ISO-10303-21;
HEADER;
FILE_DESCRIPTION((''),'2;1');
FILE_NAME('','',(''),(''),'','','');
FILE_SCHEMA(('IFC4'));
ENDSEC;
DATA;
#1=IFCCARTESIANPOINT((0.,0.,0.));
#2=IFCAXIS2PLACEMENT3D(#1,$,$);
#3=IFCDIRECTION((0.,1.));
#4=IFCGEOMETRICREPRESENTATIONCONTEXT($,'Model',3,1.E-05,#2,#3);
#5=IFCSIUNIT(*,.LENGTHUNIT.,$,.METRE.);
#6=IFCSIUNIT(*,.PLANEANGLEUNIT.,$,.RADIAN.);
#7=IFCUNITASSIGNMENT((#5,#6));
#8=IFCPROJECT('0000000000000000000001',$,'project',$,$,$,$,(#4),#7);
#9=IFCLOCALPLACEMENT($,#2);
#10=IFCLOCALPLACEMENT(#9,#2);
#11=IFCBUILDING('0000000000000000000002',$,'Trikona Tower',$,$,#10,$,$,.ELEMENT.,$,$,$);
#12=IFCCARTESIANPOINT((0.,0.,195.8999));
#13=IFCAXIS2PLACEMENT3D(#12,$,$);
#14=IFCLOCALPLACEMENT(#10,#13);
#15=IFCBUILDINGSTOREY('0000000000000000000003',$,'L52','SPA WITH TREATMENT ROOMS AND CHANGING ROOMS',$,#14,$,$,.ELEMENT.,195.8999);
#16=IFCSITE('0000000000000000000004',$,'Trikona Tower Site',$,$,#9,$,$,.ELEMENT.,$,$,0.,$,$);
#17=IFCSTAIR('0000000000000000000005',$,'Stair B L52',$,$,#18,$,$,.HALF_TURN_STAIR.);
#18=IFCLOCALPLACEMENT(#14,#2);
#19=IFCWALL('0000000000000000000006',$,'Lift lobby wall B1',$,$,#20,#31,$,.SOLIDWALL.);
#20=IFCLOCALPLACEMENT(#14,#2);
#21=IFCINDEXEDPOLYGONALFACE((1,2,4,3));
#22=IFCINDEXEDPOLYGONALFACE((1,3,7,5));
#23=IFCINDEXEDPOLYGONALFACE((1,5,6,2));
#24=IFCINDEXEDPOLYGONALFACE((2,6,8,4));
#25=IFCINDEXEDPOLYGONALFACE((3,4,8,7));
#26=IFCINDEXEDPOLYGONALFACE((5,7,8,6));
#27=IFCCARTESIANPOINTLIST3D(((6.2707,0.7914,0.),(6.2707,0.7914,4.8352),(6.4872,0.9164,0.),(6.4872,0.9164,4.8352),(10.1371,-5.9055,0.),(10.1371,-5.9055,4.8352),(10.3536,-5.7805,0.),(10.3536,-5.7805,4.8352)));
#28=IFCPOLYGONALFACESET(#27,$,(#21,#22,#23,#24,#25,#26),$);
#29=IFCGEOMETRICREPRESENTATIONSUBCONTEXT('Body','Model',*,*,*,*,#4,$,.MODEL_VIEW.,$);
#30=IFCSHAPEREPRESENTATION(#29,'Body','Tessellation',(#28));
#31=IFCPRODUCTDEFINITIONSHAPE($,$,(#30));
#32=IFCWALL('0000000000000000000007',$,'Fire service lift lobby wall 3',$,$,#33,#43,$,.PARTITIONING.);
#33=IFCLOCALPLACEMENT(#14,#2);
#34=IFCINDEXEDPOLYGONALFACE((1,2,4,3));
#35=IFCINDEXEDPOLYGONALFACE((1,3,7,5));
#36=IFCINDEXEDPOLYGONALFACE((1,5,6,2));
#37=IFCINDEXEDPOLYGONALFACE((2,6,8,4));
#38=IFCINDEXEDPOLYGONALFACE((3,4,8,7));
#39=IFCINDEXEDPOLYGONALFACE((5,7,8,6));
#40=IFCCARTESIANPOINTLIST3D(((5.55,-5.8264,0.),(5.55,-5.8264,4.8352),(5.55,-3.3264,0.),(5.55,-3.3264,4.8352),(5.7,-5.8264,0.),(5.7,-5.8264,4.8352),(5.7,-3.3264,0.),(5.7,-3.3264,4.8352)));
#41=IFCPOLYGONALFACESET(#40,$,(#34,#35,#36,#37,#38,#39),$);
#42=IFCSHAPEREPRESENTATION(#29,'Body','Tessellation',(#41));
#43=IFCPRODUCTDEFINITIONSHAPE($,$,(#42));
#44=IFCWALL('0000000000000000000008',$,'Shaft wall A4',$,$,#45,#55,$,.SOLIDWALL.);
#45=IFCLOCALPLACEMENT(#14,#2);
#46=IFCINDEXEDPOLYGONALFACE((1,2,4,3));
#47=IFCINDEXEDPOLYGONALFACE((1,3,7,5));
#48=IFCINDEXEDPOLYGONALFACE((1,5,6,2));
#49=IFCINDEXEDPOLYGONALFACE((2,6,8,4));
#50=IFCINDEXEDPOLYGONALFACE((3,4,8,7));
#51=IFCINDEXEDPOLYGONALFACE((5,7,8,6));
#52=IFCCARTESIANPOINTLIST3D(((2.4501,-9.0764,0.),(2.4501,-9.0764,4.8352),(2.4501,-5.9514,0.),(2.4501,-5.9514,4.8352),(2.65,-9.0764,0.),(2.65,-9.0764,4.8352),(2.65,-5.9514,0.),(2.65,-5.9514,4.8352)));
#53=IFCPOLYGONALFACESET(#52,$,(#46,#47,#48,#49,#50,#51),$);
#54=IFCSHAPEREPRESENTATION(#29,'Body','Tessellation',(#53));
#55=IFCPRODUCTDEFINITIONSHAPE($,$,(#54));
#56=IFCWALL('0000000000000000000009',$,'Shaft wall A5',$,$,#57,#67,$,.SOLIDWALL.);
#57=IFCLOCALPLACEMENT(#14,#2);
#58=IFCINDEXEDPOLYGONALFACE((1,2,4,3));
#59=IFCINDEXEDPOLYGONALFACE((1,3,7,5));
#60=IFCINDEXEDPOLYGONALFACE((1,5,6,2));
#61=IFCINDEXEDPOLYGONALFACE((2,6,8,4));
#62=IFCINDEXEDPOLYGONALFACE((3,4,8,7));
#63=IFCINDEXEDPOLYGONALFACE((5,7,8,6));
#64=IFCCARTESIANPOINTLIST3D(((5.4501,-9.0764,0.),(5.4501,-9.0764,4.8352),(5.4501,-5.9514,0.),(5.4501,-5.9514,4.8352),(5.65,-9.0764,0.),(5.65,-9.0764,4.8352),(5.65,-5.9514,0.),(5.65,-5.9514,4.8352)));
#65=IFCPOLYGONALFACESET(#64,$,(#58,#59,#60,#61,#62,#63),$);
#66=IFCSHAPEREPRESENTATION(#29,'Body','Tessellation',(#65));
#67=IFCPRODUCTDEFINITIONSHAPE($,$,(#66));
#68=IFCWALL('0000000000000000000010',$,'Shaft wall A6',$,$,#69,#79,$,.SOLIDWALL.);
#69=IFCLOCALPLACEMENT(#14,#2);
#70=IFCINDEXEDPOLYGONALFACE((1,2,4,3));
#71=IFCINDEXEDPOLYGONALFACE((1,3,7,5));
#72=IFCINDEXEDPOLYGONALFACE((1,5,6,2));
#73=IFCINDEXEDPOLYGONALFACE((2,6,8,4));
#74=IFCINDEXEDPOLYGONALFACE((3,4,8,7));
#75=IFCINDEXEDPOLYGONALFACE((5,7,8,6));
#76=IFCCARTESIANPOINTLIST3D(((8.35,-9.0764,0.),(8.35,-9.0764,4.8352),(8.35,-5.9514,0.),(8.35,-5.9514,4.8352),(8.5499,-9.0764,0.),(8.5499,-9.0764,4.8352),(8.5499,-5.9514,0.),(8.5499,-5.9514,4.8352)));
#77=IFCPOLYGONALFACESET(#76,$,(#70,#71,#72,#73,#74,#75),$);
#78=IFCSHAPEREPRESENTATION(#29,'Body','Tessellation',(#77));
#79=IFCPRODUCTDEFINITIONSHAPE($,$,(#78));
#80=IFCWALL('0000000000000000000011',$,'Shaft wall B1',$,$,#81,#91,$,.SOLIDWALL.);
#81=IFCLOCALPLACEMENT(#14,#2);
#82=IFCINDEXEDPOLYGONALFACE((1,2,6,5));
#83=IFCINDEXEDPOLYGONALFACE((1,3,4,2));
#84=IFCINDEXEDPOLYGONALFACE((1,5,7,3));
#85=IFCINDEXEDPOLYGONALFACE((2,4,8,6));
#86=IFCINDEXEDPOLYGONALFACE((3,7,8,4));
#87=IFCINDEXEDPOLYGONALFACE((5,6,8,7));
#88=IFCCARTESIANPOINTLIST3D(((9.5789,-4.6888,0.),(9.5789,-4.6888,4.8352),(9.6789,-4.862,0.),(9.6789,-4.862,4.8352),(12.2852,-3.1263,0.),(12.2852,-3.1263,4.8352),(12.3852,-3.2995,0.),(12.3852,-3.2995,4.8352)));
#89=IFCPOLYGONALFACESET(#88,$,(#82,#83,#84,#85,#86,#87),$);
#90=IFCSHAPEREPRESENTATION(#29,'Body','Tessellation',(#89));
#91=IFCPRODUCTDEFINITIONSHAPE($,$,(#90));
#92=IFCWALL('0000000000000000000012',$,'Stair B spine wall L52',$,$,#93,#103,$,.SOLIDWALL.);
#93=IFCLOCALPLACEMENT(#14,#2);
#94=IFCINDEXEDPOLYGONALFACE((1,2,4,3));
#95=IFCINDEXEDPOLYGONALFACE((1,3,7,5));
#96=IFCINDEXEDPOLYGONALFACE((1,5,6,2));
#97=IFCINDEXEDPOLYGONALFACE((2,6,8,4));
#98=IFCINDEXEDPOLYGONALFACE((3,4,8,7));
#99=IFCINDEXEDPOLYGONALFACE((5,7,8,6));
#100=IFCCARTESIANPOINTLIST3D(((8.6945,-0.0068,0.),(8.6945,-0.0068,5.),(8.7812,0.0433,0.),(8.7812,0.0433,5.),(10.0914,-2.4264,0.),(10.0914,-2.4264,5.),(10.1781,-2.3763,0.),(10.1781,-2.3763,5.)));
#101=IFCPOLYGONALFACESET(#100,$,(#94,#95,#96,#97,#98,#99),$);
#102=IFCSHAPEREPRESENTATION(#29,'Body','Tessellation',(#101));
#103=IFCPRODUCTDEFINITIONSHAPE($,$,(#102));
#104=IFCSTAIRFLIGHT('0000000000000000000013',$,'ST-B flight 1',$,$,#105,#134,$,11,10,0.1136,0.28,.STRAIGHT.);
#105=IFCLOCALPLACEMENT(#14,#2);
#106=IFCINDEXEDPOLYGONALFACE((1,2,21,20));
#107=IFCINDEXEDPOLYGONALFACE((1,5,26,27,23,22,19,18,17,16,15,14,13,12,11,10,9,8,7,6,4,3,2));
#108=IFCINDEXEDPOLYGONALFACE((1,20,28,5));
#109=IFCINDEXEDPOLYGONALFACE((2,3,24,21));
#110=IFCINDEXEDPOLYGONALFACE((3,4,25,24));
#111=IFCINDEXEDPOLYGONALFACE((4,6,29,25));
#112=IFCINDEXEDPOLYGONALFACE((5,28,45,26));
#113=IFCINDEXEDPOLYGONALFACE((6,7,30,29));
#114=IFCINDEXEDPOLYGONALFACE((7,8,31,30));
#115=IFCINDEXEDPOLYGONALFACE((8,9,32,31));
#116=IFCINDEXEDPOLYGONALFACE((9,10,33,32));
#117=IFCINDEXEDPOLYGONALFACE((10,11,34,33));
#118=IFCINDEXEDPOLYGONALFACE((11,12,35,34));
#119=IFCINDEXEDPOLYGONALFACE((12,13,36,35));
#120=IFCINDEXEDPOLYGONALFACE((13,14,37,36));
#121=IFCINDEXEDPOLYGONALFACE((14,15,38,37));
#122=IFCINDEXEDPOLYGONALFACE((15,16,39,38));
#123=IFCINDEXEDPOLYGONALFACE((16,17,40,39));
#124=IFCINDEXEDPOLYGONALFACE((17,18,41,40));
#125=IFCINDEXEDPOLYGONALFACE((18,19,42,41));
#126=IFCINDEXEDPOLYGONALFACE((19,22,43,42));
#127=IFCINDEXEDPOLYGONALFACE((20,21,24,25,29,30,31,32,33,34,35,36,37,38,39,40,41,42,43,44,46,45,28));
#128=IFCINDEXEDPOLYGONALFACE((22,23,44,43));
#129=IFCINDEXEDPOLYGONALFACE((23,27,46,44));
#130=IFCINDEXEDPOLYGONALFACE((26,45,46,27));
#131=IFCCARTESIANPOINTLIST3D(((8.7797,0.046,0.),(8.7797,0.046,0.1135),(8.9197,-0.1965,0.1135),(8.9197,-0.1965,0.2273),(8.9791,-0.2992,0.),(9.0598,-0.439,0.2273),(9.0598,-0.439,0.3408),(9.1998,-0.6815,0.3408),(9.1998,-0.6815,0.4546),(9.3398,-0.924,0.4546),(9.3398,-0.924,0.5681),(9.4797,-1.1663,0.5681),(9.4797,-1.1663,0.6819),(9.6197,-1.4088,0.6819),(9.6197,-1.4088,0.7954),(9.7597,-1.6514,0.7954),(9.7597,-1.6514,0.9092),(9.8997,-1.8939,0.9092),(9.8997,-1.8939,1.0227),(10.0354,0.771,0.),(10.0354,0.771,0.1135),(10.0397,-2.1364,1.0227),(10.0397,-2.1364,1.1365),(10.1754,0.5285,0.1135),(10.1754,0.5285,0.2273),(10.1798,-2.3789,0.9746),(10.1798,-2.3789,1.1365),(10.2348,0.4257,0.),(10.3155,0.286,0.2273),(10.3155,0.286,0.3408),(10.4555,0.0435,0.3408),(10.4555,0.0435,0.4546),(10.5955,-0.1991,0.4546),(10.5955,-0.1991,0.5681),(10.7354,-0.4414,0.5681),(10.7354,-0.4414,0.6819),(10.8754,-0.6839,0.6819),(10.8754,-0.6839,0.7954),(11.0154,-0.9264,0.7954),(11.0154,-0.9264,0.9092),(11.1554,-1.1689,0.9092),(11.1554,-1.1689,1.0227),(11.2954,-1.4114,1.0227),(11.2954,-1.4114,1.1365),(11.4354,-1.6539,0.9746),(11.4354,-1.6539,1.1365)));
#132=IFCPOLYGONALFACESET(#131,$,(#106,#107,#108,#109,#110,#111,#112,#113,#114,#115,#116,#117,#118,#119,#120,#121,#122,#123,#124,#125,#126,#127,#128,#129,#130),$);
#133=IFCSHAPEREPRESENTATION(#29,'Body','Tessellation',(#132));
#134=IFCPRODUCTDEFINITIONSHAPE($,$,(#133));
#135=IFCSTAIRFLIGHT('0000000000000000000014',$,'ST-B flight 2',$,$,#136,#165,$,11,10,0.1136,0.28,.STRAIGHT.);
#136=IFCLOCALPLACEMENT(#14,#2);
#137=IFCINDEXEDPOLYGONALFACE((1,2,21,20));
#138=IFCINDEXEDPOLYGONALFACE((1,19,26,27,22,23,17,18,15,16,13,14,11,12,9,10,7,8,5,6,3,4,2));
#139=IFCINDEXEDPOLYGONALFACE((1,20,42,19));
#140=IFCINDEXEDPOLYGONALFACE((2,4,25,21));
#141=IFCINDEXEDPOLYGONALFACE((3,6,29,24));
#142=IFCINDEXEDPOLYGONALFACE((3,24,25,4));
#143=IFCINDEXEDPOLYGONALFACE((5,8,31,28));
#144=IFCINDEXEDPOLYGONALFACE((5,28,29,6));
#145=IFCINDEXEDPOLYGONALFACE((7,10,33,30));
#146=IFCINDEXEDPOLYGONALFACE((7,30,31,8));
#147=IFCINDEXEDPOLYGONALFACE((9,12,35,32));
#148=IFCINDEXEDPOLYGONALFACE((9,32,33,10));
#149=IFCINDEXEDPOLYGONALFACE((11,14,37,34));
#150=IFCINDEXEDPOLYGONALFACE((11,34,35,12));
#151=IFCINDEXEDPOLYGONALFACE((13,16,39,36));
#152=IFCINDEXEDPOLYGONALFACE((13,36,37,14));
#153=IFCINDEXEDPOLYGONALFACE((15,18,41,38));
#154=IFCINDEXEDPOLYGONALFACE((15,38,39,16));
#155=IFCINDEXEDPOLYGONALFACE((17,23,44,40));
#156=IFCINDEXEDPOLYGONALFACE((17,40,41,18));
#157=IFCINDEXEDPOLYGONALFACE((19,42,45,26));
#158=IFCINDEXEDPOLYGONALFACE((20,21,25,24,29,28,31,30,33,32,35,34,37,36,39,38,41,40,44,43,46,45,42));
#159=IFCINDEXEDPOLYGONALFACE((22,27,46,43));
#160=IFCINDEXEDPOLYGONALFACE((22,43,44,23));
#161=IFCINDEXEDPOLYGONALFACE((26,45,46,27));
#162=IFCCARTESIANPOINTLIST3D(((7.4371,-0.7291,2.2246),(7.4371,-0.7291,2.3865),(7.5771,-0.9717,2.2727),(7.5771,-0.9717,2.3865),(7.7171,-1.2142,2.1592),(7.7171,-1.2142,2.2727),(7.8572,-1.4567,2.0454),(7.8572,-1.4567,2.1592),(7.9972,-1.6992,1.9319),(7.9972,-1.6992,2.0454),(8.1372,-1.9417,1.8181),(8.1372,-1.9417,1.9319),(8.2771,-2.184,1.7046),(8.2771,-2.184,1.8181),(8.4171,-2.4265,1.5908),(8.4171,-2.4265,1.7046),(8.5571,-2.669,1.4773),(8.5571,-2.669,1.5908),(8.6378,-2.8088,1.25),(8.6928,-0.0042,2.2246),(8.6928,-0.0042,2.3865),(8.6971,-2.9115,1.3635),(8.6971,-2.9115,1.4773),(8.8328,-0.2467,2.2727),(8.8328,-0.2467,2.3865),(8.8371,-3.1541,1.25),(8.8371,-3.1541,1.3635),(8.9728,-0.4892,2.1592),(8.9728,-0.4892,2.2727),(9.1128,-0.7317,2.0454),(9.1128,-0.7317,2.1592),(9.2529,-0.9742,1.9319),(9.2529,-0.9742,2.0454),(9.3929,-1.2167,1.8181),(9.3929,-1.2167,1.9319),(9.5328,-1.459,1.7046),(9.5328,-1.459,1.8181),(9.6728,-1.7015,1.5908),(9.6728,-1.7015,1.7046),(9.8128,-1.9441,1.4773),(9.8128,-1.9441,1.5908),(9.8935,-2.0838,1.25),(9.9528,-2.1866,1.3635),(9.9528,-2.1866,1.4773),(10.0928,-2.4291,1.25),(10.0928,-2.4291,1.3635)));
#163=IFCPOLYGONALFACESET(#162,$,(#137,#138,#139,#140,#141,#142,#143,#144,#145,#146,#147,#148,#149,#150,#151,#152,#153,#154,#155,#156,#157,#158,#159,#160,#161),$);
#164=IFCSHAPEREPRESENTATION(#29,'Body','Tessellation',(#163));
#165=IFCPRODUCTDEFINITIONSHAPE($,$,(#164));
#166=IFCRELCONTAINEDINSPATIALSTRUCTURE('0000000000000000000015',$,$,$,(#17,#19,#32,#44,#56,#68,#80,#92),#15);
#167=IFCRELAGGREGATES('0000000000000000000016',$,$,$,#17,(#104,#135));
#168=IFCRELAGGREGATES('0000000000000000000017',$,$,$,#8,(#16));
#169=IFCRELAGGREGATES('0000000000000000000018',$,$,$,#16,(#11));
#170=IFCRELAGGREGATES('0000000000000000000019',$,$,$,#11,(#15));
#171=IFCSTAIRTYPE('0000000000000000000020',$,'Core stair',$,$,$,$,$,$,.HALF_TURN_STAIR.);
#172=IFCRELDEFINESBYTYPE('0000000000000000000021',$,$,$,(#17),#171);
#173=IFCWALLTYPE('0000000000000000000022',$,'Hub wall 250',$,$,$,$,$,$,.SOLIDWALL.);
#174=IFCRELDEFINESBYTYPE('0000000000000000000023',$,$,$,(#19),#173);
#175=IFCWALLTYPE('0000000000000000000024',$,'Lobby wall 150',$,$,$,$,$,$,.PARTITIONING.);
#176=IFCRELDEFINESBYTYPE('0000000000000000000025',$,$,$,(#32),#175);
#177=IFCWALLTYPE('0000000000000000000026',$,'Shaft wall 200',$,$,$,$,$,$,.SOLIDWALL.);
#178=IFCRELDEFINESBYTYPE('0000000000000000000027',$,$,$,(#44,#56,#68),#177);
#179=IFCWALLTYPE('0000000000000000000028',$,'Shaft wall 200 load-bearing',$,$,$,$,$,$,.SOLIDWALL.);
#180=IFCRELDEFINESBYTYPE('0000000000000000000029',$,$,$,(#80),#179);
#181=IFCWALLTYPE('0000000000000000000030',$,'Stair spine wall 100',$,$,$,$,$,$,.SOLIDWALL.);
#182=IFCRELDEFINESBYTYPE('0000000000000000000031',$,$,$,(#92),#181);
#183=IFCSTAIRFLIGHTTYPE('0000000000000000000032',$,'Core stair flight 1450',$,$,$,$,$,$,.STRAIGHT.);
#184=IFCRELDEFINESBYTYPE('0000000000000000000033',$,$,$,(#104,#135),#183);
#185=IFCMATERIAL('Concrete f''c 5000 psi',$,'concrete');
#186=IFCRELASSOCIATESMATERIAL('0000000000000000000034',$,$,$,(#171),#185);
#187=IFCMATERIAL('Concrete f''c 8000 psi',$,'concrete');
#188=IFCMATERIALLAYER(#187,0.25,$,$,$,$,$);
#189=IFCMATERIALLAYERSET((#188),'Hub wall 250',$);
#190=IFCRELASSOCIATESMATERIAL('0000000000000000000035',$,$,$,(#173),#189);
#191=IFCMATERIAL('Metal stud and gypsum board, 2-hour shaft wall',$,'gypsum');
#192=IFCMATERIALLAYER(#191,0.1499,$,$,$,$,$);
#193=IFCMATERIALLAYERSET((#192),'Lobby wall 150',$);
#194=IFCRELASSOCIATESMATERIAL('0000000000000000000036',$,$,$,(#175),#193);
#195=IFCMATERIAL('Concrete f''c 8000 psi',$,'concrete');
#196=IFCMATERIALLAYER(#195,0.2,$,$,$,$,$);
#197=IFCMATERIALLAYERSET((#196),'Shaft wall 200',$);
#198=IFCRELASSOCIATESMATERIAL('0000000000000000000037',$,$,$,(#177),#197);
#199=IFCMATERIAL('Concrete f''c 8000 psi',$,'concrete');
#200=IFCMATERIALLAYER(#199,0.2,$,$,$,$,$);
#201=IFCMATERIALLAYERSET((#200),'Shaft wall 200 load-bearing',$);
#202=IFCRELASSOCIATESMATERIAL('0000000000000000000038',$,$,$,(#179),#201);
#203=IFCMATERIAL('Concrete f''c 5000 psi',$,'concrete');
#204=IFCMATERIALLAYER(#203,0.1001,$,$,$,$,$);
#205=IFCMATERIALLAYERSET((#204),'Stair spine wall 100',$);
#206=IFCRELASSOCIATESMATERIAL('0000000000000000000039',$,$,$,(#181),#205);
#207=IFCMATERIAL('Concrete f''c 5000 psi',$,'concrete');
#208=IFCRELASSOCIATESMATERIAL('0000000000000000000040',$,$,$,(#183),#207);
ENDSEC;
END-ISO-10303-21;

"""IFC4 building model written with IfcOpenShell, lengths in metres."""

from ifc_helpers import new_model, si_unit, direction, frame, frame_2d, origin, place, context, subcontext, project, spatial, polyline, rectangle, outline, extrude, material, layer, layer_set, type_object, element, aggregate, save


model = new_model("IFC4")

# Units and contexts
model_context = context("Model", 3, precision=1e-05, world=origin(), true_north=direction((0.0, 1.0)))
body_context = subcontext(model_context, "Body", "Model", "MODEL_VIEW")
ifc_project = project(units=[si_unit("LENGTHUNIT", "METRE"), si_unit("PLANEANGLEUNIT", "RADIAN")], contexts=[model_context])

# Site, building, storey
site_placement = place(None, origin())
site = spatial("IfcSite", under=ifc_project, at=site_placement, Name="Trikona Tower Site", CompositionType="ELEMENT", RefElevation=0.0)
building_placement = place(site_placement, origin())
building = spatial("IfcBuilding", under=site, at=building_placement, Name="Trikona Tower", CompositionType="ELEMENT")
storey_placement = place(building_placement, frame((0.0, 0.0, 195.8999)))
storey = spatial("IfcBuildingStorey", under=building, at=storey_placement, Name="L52", Description="SPA WITH TREATMENT ROOMS AND CHANGING ROOMS", CompositionType="ELEMENT", Elevation=195.8999)

# Stair
ifc_material_1 = material(Name="Concrete f'c 5000 psi", Category="concrete")
stair_type = type_object("IfcStairType", Name="Core stair", PredefinedType="HALF_TURN_STAIR", material=ifc_material_1)
stair_1_placement = place(storey_placement, origin())
stair_1 = element("IfcStair", 1, at=stair_1_placement, inside=storey, type_object=stair_type, Name="Stair B L52", PredefinedType="HALF_TURN_STAIR")

# Walls
ifc_material_2 = material(Name="Concrete f'c 8000 psi", Category="concrete")
ifc_layer_1 = layer(ifc_material_2, 0.25)
ifc_layer_set_1 = layer_set([ifc_layer_1], Name="Hub wall 250")
wall_type_1 = type_object("IfcWallType", Name="Hub wall 250", PredefinedType="SOLIDWALL", material=ifc_layer_set_1)
wall_1_placement = place(storey_placement, frame((10.2454, -5.843, 0.0), z_axis=(0.0, 0.0, 1.0), x_axis=(-0.499993, 0.866029, 0.0)))
element("IfcWall", 2, at=wall_1_placement, inside=storey, type_object=wall_type_1, Name="Lift lobby wall B1", PredefinedType="SOLIDWALL", context=body_context, shape_type="SweptSolid", body=[
    extrude(rectangle(XDim=7.7329, YDim=0.25, at=frame_2d((3.8665, 0.0))), origin(), (0.0, 0.0, 1.0), 4.8352),
])
ifc_material_3 = material(Name="Metal stud and gypsum board, 2-hour shaft wall", Category="gypsum")
ifc_layer_2 = layer(ifc_material_3, 0.1499)
ifc_layer_set_2 = layer_set([ifc_layer_2], Name="Lobby wall 150")
wall_type_2 = type_object("IfcWallType", Name="Lobby wall 150", PredefinedType="PARTITIONING", material=ifc_layer_set_2)
wall_2_placement = place(storey_placement, frame((5.625, -5.8264, 0.0), z_axis=(0.0, 0.0, 1.0), x_axis=(0.0, 1.0, 0.0)))
element("IfcWall", 3, at=wall_2_placement, inside=storey, type_object=wall_type_2, Name="Fire service lift lobby wall 3", PredefinedType="PARTITIONING", context=body_context, shape_type="SweptSolid", body=[
    extrude(rectangle(XDim=2.5, YDim=0.1499, at=frame_2d((1.25, 0.0))), origin(), (0.0, 0.0, 1.0), 4.8352),
])
ifc_material_4 = material(Name="Concrete f'c 8000 psi", Category="concrete")
ifc_layer_3 = layer(ifc_material_4, 0.2)
ifc_layer_set_3 = layer_set([ifc_layer_3], Name="Shaft wall 200")
wall_type_3 = type_object("IfcWallType", Name="Shaft wall 200", PredefinedType="SOLIDWALL", material=ifc_layer_set_3)
for number, where, z_axis, x_axis, name in (
    (4, (2.55, -5.9514, 0.0), (0.0, 0.0, 1.0), (0.0, -1.0, 0.0), "Shaft wall A4"),
    (5, (5.55, -5.9514, 0.0), (0.0, 0.0, 1.0), (0.0, -1.0, 0.0), "Shaft wall A5"),
    (6, (8.45, -5.9514, 0.0), (0.0, 0.0, 1.0), (0.0, -1.0, 0.0), "Shaft wall A6"),
):
    element("IfcWall", number, at=place(storey_placement, frame(where, z_axis=z_axis, x_axis=x_axis)), inside=storey, type_object=wall_type_3, Name=name, PredefinedType="SOLIDWALL", context=body_context, shape_type="SweptSolid", body=[
        extrude(rectangle(XDim=3.125, YDim=0.2, at=frame_2d((1.5625, 0.0))), origin(), (0.0, 0.0, 1.0), 4.8352),
    ])
ifc_material_5 = material(Name="Concrete f'c 8000 psi", Category="concrete")
ifc_layer_4 = layer(ifc_material_5, 0.2)
ifc_layer_set_4 = layer_set([ifc_layer_4], Name="Shaft wall 200 load-bearing")
wall_type_4 = type_object("IfcWallType", Name="Shaft wall 200 load-bearing", PredefinedType="SOLIDWALL", material=ifc_layer_set_4)
wall_3_placement = place(storey_placement, frame((9.6289, -4.7754, 0.0), z_axis=(0.0, 0.0, 1.0), x_axis=(0.866023, 0.500004, 0.0)))
element("IfcWall", 7, at=wall_3_placement, inside=storey, type_object=wall_type_4, Name="Shaft wall B1", PredefinedType="SOLIDWALL", context=body_context, shape_type="SweptSolid", body=[
    extrude(rectangle(XDim=3.125, YDim=0.2, at=frame_2d((1.5625, 0.0))), origin(), (0.0, 0.0, 1.0), 4.8352),
])
ifc_material_6 = material(Name="Concrete f'c 5000 psi", Category="concrete")
ifc_layer_5 = layer(ifc_material_6, 0.1001)
ifc_layer_set_5 = layer_set([ifc_layer_5], Name="Stair spine wall 100")
wall_type_5 = type_object("IfcWallType", Name="Stair spine wall 100", PredefinedType="SOLIDWALL", material=ifc_layer_set_5)
wall_4_placement = place(storey_placement, frame((10.1348, -2.4014, 0.0), z_axis=(0.0, 0.0, 1.0), x_axis=(-0.499992, 0.86603, 0.0)))
element("IfcWall", 8, at=wall_4_placement, inside=storey, type_object=wall_type_5, Name="Stair B spine wall L52", PredefinedType="SOLIDWALL", context=body_context, shape_type="SweptSolid", body=[
    extrude(rectangle(XDim=2.7939, YDim=0.1001, at=frame_2d((1.397, 0.0))), origin(), (0.0, 0.0, 1.0), 5.0),
])

# Stair flights
ifc_material_7 = material(Name="Concrete f'c 5000 psi", Category="concrete")
stair_flight_type = type_object("IfcStairFlightType", Name="Core stair flight 1450", PredefinedType="STRAIGHT", material=ifc_material_7)
stair_flight_1_placement = place(storey_placement, frame((9.4075, 0.4084, 0.0), z_axis=(0.0, 0.0, 1.0), x_axis=(0.5, -0.866025, 0.0)))
stair_flight_1 = element("IfcStairFlight", 9, at=stair_flight_1_placement, type_object=stair_flight_type, Name="ST-B flight 1", NumberOfRisers=11, NumberOfTreads=10, PredefinedType="STRAIGHT", RiserHeight=0.1136, TreadLength=0.28, context=body_context, shape_type="SweptSolid", body=[
    extrude(outline(polyline([(0.0, 0.0), (0.0, 0.1135), (0.28, 0.1135), (0.28, 0.2273), (0.5601, 0.2273), (0.5601, 0.3408), (0.8401, 0.3408), (0.8401, 0.4546), (1.1201, 0.4546), (1.1201, 0.5681), (1.3999, 0.5681), (1.3999, 0.6819), (1.6799, 0.6819), (1.6799, 0.7954), (1.96, 0.7954), (1.96, 0.9092), (2.24, 0.9092), (2.24, 1.0227), (2.52, 1.0227), (2.52, 1.1365), (2.8, 1.1365), (2.8, 1.25), (2.8, 0.9746), (0.3987, 0.0), (0.0, 0.0)])), frame((0.0, 0.7251, 0.0), z_axis=(0.0, -1.0, 0.0), x_axis=(1.0, 0.0, 0.0)), (0.0, 0.0, 1.0), 1.45),
])
stair_flight_2_placement = place(storey_placement, frame((9.4651, -2.7915, 1.25), z_axis=(0.0, 0.0, 1.0), x_axis=(-0.5, 0.866025, 0.0)))
stair_flight_2 = element("IfcStairFlight", 10, at=stair_flight_2_placement, type_object=stair_flight_type, Name="ST-B flight 2", NumberOfRisers=11, NumberOfTreads=10, PredefinedType="STRAIGHT", RiserHeight=0.1136, TreadLength=0.28, context=body_context, shape_type="SweptSolid", body=[
    extrude(outline(polyline([(0.0, 0.0), (0.0, 0.1135), (0.28, 0.1135), (0.28, 0.2273), (0.5601, 0.2273), (0.5601, 0.3408), (0.8401, 0.3408), (0.8401, 0.4546), (1.1201, 0.4546), (1.1201, 0.5681), (1.3999, 0.5681), (1.3999, 0.6819), (1.6799, 0.6819), (1.6799, 0.7954), (1.96, 0.7954), (1.96, 0.9092), (2.24, 0.9092), (2.24, 1.0227), (2.52, 1.0227), (2.52, 1.1365), (2.8, 1.1365), (2.8, 1.25), (2.8, 0.9746), (0.3987, 0.0), (0.0, 0.0)])), frame((0.0, 0.7251, 0.0), z_axis=(0.0, -1.0, 0.0), x_axis=(1.0, 0.0, 0.0)), (0.0, 0.0, 1.0), 1.45),
])
aggregate(stair_1, [stair_flight_1, stair_flight_2])

save(model, "model.ifc")
